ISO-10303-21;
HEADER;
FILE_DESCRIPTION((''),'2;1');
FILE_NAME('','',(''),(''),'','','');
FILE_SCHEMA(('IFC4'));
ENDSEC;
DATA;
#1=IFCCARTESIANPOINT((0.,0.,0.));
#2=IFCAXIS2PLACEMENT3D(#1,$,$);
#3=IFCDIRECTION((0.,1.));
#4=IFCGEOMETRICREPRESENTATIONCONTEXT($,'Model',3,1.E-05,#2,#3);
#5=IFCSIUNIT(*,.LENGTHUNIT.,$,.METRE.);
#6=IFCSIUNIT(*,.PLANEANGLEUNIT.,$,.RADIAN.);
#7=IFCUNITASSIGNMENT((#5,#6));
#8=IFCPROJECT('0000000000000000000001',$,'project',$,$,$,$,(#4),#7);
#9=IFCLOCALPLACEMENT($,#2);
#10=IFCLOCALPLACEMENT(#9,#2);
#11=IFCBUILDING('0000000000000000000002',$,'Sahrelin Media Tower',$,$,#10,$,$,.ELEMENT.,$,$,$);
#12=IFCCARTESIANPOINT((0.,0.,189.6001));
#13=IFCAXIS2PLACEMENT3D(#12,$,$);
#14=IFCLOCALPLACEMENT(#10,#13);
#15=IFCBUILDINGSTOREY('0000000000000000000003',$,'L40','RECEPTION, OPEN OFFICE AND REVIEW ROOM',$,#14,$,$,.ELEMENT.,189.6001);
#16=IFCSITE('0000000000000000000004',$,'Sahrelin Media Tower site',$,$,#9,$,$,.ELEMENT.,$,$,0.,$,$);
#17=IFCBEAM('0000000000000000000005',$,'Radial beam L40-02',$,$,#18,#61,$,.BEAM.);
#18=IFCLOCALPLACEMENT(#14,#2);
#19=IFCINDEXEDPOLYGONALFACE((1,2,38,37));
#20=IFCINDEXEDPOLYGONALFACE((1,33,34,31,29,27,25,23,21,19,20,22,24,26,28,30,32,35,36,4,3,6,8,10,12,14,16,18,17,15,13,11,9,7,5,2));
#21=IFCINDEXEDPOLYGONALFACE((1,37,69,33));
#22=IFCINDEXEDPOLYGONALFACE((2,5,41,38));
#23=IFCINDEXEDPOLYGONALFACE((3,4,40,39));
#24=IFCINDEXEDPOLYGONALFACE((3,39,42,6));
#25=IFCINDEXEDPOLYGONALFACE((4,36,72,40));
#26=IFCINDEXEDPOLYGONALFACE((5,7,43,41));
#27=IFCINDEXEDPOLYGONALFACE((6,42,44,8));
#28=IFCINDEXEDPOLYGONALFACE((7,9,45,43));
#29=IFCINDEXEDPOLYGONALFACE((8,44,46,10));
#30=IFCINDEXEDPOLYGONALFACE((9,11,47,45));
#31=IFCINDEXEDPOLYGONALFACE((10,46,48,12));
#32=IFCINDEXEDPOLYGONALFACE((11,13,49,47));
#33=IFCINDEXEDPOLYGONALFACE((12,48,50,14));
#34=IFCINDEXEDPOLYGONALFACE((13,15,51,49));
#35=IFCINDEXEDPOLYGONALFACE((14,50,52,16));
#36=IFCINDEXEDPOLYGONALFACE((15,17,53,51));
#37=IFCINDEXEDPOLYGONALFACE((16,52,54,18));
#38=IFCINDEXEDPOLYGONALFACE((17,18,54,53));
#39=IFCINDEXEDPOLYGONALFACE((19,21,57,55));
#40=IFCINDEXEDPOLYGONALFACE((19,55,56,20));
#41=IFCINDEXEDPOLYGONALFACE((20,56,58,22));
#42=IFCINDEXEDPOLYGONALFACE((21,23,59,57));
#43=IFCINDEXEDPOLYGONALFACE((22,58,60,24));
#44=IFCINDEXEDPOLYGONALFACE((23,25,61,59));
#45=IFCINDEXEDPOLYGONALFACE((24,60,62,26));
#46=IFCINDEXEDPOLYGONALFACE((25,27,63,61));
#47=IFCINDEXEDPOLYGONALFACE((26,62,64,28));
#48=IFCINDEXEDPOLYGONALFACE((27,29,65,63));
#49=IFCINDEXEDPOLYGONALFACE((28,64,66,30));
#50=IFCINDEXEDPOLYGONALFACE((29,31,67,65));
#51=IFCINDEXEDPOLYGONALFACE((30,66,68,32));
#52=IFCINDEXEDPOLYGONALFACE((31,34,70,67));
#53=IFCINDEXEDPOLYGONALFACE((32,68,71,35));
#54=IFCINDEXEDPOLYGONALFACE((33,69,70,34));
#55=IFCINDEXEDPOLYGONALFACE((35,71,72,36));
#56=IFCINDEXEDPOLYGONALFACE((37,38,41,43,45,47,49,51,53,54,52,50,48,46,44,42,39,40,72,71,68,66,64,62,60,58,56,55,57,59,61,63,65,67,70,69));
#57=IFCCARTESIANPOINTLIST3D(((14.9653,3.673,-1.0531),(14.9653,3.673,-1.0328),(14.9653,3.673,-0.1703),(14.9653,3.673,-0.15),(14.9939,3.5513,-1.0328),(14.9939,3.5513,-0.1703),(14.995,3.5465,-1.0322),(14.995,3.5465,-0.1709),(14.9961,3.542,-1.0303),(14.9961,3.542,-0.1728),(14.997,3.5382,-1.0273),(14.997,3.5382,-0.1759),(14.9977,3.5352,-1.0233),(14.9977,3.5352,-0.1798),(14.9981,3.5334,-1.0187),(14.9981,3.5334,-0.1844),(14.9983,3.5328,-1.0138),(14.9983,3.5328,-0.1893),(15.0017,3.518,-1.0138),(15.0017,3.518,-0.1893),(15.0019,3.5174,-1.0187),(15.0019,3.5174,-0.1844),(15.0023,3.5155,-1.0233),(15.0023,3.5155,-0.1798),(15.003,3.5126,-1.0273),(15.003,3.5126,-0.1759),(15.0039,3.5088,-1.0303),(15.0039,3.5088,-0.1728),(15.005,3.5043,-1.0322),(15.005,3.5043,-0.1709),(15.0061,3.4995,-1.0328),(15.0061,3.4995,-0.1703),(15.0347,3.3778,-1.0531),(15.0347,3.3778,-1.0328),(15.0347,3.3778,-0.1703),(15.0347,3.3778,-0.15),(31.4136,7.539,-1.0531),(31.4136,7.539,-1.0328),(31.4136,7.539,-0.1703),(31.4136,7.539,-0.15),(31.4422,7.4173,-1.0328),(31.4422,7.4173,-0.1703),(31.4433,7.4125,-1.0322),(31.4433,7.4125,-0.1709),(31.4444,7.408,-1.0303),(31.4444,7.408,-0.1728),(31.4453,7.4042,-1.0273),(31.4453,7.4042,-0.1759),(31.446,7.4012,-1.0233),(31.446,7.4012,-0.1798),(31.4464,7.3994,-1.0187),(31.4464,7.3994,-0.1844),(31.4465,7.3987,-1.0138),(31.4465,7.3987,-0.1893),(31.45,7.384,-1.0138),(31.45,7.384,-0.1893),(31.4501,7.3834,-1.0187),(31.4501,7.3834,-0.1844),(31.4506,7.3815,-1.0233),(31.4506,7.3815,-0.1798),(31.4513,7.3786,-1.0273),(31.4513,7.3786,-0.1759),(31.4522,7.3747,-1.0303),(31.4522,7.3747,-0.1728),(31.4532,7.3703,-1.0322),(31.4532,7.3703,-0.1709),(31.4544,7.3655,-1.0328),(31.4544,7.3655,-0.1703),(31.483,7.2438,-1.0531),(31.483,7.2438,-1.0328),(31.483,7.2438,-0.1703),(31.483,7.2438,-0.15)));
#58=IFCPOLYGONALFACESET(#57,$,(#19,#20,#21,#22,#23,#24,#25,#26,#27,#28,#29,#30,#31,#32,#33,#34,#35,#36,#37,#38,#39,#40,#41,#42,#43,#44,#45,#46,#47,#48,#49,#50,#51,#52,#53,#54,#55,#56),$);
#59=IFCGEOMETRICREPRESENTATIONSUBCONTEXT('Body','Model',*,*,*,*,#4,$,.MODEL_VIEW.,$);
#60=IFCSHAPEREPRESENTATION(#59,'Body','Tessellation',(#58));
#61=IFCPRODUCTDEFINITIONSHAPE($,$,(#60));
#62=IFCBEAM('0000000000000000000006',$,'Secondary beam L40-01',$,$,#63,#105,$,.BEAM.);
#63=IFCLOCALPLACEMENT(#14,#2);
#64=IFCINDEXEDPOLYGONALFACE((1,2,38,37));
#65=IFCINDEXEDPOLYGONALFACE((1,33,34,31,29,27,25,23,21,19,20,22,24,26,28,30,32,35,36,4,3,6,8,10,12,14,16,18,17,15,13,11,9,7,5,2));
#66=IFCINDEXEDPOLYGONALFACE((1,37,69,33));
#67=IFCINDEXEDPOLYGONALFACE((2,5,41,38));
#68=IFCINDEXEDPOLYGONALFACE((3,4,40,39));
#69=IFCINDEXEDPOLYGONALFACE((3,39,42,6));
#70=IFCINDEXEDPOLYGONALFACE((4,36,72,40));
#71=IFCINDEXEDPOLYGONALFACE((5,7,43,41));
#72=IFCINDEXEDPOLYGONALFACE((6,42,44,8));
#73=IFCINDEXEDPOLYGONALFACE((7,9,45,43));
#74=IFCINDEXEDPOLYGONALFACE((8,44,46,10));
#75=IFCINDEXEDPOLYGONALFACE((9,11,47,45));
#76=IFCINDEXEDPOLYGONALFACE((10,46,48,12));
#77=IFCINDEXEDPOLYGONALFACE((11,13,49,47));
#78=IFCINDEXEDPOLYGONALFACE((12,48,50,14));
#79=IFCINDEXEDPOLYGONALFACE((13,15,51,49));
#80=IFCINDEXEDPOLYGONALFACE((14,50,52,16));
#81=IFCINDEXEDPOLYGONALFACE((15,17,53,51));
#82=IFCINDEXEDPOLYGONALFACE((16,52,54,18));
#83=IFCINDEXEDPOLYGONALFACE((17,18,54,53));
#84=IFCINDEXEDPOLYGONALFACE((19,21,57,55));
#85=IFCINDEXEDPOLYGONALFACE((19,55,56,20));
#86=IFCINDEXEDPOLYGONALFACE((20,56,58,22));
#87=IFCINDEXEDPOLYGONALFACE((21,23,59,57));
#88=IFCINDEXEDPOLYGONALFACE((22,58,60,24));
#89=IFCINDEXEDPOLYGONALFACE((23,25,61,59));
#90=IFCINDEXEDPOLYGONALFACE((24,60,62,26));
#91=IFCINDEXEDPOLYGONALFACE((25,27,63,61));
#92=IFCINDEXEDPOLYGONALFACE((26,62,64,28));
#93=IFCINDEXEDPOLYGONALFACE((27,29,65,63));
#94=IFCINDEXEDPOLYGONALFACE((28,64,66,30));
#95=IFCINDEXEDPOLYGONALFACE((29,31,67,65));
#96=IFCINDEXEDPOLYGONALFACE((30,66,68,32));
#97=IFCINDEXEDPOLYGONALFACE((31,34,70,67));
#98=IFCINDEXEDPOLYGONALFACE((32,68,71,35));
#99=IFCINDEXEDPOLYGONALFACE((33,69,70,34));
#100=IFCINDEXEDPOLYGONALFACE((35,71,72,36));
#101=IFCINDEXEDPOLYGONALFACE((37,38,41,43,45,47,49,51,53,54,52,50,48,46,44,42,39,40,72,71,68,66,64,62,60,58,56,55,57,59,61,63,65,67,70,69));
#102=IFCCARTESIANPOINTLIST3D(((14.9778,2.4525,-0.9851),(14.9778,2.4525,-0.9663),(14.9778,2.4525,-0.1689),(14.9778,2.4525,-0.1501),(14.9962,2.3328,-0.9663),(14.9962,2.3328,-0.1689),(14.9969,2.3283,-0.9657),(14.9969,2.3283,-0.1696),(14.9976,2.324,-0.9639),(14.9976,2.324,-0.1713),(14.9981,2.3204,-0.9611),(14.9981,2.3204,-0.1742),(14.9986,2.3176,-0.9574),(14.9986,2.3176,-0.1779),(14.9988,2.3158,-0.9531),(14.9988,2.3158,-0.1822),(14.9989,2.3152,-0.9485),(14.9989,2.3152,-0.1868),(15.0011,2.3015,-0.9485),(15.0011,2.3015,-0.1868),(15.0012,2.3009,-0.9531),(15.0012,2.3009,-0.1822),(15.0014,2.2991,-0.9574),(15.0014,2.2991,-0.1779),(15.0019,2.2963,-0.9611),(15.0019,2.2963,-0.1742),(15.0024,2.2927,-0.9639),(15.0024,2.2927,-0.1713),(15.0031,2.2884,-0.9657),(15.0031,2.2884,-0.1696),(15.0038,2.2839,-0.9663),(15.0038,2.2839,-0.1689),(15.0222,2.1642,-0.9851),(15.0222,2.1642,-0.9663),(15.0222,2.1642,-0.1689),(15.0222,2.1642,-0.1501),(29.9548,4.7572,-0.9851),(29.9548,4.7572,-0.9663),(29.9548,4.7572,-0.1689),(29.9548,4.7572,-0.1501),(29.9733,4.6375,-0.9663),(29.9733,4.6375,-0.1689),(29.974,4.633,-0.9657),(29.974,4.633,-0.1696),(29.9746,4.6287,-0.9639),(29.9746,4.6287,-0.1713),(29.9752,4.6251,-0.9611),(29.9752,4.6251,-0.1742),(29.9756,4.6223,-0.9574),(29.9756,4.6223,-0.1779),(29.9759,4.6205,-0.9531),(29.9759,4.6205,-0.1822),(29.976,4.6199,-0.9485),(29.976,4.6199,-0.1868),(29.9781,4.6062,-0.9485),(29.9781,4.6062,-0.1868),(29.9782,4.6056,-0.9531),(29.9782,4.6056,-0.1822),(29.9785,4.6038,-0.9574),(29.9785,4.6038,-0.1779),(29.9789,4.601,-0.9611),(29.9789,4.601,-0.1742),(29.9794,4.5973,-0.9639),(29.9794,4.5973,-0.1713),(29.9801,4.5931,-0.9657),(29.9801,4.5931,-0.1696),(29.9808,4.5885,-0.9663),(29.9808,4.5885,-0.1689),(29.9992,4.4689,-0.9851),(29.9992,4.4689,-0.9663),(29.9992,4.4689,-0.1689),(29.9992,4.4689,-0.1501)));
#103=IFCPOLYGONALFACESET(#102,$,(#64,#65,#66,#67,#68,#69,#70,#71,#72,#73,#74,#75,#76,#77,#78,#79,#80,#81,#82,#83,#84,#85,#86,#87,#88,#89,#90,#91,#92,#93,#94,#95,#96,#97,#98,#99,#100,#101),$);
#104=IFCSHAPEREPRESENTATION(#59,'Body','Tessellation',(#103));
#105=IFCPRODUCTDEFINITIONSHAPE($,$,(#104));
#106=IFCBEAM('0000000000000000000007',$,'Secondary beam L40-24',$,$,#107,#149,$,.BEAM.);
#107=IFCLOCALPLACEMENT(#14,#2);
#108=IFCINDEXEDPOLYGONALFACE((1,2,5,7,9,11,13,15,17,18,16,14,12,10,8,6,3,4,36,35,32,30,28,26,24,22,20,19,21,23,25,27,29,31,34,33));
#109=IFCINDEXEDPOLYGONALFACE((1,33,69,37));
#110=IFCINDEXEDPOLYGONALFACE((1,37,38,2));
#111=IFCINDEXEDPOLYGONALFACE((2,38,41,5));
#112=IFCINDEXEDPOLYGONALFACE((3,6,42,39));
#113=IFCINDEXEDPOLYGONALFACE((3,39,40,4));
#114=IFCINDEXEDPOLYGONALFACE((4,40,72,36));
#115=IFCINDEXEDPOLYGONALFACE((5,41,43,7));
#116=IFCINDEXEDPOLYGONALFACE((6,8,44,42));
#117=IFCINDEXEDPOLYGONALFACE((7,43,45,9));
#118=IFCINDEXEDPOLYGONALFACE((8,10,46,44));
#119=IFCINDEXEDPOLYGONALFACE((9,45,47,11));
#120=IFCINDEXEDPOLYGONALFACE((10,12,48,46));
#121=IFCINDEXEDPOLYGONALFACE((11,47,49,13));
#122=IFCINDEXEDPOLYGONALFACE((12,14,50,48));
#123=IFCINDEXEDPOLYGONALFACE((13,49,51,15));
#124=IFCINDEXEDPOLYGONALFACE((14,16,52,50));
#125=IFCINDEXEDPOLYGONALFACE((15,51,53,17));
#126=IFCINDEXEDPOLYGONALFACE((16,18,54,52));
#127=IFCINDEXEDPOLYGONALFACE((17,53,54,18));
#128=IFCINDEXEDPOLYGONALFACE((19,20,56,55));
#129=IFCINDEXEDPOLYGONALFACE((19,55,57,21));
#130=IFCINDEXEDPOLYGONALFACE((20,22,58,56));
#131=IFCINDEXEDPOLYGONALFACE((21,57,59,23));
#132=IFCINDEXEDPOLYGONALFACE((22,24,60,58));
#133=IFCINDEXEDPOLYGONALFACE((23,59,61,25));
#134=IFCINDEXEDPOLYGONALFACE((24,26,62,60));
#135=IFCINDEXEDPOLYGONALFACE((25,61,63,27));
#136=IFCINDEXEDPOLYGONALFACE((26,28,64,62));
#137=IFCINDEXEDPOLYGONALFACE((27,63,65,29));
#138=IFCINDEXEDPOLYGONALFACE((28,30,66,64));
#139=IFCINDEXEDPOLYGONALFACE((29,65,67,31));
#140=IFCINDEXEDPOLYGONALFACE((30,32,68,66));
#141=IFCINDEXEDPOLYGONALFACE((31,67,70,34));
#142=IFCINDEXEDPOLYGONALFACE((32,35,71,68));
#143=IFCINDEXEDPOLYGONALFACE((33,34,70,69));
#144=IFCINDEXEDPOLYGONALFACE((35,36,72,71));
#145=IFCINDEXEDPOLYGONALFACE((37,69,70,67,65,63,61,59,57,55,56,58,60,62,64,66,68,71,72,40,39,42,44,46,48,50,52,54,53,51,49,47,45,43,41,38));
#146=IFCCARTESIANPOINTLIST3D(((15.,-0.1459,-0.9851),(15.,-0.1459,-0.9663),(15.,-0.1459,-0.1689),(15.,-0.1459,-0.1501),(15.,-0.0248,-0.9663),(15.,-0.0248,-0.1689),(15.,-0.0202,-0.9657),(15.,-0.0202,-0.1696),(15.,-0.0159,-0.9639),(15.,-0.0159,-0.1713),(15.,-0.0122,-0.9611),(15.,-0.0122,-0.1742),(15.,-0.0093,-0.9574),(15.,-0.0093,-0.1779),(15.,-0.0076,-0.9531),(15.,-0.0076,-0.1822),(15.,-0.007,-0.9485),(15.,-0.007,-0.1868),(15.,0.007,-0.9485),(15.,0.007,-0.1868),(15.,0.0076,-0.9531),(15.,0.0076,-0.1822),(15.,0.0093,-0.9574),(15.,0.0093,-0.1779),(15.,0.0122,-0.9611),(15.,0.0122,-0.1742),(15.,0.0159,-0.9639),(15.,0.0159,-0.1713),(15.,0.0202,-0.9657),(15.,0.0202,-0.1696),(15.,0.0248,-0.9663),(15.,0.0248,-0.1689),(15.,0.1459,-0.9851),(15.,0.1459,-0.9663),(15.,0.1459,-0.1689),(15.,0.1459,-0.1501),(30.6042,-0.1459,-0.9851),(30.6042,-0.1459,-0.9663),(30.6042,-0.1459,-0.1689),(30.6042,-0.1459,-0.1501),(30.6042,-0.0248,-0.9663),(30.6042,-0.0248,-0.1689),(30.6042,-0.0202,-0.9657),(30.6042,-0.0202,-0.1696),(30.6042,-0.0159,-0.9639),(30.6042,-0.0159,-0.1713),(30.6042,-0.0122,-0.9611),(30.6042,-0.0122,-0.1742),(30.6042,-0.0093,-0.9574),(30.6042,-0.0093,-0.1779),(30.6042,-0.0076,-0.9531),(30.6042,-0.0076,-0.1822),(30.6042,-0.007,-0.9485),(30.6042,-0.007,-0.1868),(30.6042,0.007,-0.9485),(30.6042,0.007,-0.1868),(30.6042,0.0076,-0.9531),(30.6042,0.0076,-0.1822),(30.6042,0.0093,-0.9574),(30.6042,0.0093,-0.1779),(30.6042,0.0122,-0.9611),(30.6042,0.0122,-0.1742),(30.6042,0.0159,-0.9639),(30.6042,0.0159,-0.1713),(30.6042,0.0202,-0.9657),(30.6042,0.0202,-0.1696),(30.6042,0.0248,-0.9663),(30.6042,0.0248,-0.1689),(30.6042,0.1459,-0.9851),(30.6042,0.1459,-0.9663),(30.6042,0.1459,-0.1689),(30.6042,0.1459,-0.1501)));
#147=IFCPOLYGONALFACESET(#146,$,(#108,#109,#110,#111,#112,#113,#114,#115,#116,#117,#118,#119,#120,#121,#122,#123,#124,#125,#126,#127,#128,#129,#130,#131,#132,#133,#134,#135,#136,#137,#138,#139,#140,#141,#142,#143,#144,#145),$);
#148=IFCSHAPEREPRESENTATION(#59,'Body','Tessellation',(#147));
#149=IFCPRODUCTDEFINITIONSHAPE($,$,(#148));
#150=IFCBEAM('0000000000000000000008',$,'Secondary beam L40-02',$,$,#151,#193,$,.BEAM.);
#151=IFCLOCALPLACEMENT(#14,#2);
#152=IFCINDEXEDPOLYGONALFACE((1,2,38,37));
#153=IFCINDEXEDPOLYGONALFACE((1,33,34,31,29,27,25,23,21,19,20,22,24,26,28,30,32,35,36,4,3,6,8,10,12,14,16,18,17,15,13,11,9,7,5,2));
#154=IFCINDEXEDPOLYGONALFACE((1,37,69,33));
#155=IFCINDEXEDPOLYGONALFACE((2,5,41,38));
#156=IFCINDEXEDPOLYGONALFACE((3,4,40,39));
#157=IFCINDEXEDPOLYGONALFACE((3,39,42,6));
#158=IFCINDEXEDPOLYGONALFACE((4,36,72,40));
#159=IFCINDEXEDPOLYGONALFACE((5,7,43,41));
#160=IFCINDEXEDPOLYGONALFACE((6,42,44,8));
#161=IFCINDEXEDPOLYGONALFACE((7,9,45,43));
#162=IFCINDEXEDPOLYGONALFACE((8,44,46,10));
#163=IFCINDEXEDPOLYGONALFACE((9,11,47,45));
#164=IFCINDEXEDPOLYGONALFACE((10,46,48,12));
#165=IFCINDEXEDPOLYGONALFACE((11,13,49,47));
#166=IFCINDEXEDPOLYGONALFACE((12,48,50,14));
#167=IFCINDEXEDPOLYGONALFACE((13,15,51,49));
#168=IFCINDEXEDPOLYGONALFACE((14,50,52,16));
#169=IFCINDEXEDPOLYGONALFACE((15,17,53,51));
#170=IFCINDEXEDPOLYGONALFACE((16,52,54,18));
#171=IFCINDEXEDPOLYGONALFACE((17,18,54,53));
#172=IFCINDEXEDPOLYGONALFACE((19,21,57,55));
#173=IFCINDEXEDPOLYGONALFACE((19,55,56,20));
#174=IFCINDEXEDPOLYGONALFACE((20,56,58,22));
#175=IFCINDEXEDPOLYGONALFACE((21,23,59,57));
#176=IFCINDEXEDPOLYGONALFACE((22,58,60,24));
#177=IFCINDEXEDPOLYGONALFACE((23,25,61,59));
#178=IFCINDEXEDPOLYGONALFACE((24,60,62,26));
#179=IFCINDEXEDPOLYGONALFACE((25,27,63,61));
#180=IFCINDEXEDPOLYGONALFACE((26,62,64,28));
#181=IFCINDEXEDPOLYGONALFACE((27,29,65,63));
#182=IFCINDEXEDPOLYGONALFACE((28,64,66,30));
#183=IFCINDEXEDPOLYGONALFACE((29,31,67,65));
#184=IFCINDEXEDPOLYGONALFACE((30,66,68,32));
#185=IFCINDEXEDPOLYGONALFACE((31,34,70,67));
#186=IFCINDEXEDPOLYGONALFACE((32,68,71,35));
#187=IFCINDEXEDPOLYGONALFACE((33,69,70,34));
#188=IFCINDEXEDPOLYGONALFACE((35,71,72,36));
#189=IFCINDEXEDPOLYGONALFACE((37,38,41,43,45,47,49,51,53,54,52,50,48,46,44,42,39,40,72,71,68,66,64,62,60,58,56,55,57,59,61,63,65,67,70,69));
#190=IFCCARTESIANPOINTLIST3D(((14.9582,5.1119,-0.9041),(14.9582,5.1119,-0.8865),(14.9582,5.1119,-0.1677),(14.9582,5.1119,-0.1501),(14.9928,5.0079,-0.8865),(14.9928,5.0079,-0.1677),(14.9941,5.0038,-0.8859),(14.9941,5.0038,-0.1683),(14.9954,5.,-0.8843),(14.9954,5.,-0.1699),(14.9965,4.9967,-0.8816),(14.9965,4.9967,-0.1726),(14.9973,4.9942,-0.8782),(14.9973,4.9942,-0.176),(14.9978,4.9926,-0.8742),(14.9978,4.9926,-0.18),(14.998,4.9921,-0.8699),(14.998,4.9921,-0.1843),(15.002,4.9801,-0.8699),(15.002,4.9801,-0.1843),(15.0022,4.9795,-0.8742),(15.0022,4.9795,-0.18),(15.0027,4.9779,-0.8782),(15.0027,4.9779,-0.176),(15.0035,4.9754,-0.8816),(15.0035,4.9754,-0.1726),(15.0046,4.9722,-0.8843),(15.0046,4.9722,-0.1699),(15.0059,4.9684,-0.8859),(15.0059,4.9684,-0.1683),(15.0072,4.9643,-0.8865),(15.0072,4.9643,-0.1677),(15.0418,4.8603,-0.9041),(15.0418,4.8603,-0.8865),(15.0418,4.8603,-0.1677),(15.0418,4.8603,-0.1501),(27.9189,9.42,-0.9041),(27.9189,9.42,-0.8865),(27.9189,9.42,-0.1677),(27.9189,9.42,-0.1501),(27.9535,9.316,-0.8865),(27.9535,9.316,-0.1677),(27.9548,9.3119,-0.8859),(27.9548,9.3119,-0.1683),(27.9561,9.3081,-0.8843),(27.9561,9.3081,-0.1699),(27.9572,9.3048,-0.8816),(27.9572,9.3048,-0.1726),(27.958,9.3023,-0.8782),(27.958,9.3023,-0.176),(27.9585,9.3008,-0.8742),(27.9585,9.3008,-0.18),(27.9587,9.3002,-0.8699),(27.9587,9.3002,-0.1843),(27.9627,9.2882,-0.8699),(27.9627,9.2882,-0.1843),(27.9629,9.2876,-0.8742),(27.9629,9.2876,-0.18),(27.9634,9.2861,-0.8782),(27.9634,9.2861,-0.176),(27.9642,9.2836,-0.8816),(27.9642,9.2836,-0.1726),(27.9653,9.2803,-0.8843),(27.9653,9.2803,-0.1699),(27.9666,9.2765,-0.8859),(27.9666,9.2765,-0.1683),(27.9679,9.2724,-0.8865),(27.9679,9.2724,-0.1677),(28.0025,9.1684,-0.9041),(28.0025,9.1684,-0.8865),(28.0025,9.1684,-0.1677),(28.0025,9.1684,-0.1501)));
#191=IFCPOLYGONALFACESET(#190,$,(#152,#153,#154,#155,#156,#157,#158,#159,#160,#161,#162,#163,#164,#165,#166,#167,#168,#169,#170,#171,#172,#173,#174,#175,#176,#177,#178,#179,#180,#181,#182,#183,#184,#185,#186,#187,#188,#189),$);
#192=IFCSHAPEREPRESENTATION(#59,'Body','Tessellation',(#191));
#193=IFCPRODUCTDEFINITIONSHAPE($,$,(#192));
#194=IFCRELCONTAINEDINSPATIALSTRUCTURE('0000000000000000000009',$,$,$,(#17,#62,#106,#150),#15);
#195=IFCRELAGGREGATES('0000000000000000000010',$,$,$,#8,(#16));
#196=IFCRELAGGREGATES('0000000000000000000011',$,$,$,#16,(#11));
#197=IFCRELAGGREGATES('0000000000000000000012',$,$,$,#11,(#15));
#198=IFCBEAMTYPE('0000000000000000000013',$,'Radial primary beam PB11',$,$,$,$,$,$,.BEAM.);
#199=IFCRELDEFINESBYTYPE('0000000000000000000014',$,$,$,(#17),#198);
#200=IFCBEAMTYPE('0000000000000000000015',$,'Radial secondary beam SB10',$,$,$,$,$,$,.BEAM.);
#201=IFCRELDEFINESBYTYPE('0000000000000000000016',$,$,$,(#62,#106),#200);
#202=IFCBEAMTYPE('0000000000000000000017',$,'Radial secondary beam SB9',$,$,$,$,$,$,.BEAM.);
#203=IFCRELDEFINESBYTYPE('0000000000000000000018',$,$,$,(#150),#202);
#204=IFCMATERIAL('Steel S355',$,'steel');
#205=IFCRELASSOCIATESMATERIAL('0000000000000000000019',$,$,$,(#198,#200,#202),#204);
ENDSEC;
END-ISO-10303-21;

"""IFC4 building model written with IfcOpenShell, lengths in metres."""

from ifc_helpers import new_model, si_unit, direction, frame, origin, origin_2d, place, context, subcontext, project, spatial, i_section, extrude, material, material_profile, profile_set, type_object, element, save


model = new_model("IFC4")

# Units and contexts
model_context = context("Model", 3, precision=1e-05, world=origin(), true_north=direction((0.0, 1.0)))
body_context = subcontext(model_context, "Body", "Model", "MODEL_VIEW")
ifc_project = project(units=[si_unit("LENGTHUNIT", "METRE"), si_unit("PLANEANGLEUNIT", "RADIAN")], contexts=[model_context])

# Site, building, storey
site_placement = place(None, origin())
site = spatial("IfcSite", under=ifc_project, at=site_placement, Name="Sahrelin Media Tower site", CompositionType="ELEMENT", RefElevation=0.0)
building_placement = place(site_placement, origin())
building = spatial("IfcBuilding", under=site, at=building_placement, Name="Sahrelin Media Tower", CompositionType="ELEMENT")
storey_placement = place(building_placement, frame((0.0, 0.0, 189.6001)))
storey = spatial("IfcBuildingStorey", under=building, at=storey_placement, Name="L40", Description="RECEPTION, OPEN OFFICE AND REVIEW ROOM", CompositionType="ELEMENT", Elevation=189.6001)

# Shared definitions
ifc_material_1 = material(Name="Steel S355", Category="steel")

# Beams
ifc_material_profile_1 = material_profile(ifc_material_1, i_section(OverallWidth=0.3032, OverallDepth=0.9031, WebThickness=0.0151, FlangeThickness=0.0203, FilletRadius=0.019, at=origin_2d()), Name="UB 914x305x201")
ifc_profile_set_1 = profile_set([ifc_material_profile_1], Name="Steel S355")
beam_type_1 = type_object("IfcBeamType", Name="Radial primary beam PB11", PredefinedType="BEAM", material=ifc_profile_set_1)
beam_1_placement = place(storey_placement, frame((15.0, 3.5254, -0.6016), z_axis=(0.973473, 0.228803, 0.0), x_axis=(-0.228803, 0.973473, 0.0)))
element("IfcBeam", 1, at=beam_1_placement, inside=storey, type_object=beam_type_1, Name="Radial beam L40-02", PredefinedType="BEAM", context=body_context, shape_type="SweptSolid", body=[
    extrude(i_section(OverallWidth=0.3032, OverallDepth=0.9031, WebThickness=0.0151, FlangeThickness=0.0203, FilletRadius=0.019, at=origin_2d()), origin(), (0.0, 0.0, 1.0), 16.8965),
])
ifc_material_profile_2 = material_profile(ifc_material_1, i_section(OverallWidth=0.2917, OverallDepth=0.835, WebThickness=0.0139, FlangeThickness=0.0188, FilletRadius=0.0178, at=origin_2d()), Name="UB 838x292x176")
ifc_profile_set_2 = profile_set([ifc_material_profile_2], Name="Steel S355")
beam_type_2 = type_object("IfcBeamType", Name="Radial secondary beam SB10", PredefinedType="BEAM", material=ifc_profile_set_2)
beam_2_placement = place(storey_placement, frame((15.0, 2.3083, -0.5676), z_axis=(0.988366, 0.152091, 0.0), x_axis=(-0.152091, 0.988366, 0.0)))
element("IfcBeam", 2, at=beam_2_placement, inside=storey, type_object=beam_type_2, Name="Secondary beam L40-01", PredefinedType="BEAM", context=body_context, shape_type="SweptSolid", body=[
    extrude(i_section(OverallWidth=0.2917, OverallDepth=0.835, WebThickness=0.0139, FlangeThickness=0.0188, FilletRadius=0.0178, at=origin_2d()), origin(), (0.0, 0.0, 1.0), 15.1533),
])
beam_3_placement = place(storey_placement, frame((15.0, 0.0, -0.5676), z_axis=(1.0, 0.0, 0.0), x_axis=(0.0, 1.0, 0.0)))
element("IfcBeam", 3, at=beam_3_placement, inside=storey, type_object=beam_type_2, Name="Secondary beam L40-24", PredefinedType="BEAM", context=body_context, shape_type="SweptSolid", body=[
    extrude(i_section(OverallWidth=0.2917, OverallDepth=0.835, WebThickness=0.0139, FlangeThickness=0.0188, FilletRadius=0.0178, at=origin_2d()), origin(), (0.0, 0.0, 1.0), 15.6042),
])
ifc_material_profile_3 = material_profile(ifc_material_1, i_section(OverallWidth=0.2651, OverallDepth=0.7539, WebThickness=0.0127, FlangeThickness=0.0176, FilletRadius=0.0166, at=origin_2d()), Name="UB 762x267x147")
ifc_profile_set_3 = profile_set([ifc_material_profile_3], Name="Steel S355")
beam_type_3 = type_object("IfcBeamType", Name="Radial secondary beam SB9", PredefinedType="BEAM", material=ifc_profile_set_3)
beam_4_placement = place(storey_placement, frame((15.0, 4.9861, -0.5271), z_axis=(0.948949, 0.315429, 0.0), x_axis=(-0.315429, 0.948949, 0.0)))
element("IfcBeam", 4, at=beam_4_placement, inside=storey, type_object=beam_type_3, Name="Secondary beam L40-02", PredefinedType="BEAM", context=body_context, shape_type="SweptSolid", body=[
    extrude(i_section(OverallWidth=0.2651, OverallDepth=0.7539, WebThickness=0.0127, FlangeThickness=0.0176, FilletRadius=0.0166, at=origin_2d()), origin(), (0.0, 0.0, 1.0), 13.658),
])

save(model, "model.ifc")
